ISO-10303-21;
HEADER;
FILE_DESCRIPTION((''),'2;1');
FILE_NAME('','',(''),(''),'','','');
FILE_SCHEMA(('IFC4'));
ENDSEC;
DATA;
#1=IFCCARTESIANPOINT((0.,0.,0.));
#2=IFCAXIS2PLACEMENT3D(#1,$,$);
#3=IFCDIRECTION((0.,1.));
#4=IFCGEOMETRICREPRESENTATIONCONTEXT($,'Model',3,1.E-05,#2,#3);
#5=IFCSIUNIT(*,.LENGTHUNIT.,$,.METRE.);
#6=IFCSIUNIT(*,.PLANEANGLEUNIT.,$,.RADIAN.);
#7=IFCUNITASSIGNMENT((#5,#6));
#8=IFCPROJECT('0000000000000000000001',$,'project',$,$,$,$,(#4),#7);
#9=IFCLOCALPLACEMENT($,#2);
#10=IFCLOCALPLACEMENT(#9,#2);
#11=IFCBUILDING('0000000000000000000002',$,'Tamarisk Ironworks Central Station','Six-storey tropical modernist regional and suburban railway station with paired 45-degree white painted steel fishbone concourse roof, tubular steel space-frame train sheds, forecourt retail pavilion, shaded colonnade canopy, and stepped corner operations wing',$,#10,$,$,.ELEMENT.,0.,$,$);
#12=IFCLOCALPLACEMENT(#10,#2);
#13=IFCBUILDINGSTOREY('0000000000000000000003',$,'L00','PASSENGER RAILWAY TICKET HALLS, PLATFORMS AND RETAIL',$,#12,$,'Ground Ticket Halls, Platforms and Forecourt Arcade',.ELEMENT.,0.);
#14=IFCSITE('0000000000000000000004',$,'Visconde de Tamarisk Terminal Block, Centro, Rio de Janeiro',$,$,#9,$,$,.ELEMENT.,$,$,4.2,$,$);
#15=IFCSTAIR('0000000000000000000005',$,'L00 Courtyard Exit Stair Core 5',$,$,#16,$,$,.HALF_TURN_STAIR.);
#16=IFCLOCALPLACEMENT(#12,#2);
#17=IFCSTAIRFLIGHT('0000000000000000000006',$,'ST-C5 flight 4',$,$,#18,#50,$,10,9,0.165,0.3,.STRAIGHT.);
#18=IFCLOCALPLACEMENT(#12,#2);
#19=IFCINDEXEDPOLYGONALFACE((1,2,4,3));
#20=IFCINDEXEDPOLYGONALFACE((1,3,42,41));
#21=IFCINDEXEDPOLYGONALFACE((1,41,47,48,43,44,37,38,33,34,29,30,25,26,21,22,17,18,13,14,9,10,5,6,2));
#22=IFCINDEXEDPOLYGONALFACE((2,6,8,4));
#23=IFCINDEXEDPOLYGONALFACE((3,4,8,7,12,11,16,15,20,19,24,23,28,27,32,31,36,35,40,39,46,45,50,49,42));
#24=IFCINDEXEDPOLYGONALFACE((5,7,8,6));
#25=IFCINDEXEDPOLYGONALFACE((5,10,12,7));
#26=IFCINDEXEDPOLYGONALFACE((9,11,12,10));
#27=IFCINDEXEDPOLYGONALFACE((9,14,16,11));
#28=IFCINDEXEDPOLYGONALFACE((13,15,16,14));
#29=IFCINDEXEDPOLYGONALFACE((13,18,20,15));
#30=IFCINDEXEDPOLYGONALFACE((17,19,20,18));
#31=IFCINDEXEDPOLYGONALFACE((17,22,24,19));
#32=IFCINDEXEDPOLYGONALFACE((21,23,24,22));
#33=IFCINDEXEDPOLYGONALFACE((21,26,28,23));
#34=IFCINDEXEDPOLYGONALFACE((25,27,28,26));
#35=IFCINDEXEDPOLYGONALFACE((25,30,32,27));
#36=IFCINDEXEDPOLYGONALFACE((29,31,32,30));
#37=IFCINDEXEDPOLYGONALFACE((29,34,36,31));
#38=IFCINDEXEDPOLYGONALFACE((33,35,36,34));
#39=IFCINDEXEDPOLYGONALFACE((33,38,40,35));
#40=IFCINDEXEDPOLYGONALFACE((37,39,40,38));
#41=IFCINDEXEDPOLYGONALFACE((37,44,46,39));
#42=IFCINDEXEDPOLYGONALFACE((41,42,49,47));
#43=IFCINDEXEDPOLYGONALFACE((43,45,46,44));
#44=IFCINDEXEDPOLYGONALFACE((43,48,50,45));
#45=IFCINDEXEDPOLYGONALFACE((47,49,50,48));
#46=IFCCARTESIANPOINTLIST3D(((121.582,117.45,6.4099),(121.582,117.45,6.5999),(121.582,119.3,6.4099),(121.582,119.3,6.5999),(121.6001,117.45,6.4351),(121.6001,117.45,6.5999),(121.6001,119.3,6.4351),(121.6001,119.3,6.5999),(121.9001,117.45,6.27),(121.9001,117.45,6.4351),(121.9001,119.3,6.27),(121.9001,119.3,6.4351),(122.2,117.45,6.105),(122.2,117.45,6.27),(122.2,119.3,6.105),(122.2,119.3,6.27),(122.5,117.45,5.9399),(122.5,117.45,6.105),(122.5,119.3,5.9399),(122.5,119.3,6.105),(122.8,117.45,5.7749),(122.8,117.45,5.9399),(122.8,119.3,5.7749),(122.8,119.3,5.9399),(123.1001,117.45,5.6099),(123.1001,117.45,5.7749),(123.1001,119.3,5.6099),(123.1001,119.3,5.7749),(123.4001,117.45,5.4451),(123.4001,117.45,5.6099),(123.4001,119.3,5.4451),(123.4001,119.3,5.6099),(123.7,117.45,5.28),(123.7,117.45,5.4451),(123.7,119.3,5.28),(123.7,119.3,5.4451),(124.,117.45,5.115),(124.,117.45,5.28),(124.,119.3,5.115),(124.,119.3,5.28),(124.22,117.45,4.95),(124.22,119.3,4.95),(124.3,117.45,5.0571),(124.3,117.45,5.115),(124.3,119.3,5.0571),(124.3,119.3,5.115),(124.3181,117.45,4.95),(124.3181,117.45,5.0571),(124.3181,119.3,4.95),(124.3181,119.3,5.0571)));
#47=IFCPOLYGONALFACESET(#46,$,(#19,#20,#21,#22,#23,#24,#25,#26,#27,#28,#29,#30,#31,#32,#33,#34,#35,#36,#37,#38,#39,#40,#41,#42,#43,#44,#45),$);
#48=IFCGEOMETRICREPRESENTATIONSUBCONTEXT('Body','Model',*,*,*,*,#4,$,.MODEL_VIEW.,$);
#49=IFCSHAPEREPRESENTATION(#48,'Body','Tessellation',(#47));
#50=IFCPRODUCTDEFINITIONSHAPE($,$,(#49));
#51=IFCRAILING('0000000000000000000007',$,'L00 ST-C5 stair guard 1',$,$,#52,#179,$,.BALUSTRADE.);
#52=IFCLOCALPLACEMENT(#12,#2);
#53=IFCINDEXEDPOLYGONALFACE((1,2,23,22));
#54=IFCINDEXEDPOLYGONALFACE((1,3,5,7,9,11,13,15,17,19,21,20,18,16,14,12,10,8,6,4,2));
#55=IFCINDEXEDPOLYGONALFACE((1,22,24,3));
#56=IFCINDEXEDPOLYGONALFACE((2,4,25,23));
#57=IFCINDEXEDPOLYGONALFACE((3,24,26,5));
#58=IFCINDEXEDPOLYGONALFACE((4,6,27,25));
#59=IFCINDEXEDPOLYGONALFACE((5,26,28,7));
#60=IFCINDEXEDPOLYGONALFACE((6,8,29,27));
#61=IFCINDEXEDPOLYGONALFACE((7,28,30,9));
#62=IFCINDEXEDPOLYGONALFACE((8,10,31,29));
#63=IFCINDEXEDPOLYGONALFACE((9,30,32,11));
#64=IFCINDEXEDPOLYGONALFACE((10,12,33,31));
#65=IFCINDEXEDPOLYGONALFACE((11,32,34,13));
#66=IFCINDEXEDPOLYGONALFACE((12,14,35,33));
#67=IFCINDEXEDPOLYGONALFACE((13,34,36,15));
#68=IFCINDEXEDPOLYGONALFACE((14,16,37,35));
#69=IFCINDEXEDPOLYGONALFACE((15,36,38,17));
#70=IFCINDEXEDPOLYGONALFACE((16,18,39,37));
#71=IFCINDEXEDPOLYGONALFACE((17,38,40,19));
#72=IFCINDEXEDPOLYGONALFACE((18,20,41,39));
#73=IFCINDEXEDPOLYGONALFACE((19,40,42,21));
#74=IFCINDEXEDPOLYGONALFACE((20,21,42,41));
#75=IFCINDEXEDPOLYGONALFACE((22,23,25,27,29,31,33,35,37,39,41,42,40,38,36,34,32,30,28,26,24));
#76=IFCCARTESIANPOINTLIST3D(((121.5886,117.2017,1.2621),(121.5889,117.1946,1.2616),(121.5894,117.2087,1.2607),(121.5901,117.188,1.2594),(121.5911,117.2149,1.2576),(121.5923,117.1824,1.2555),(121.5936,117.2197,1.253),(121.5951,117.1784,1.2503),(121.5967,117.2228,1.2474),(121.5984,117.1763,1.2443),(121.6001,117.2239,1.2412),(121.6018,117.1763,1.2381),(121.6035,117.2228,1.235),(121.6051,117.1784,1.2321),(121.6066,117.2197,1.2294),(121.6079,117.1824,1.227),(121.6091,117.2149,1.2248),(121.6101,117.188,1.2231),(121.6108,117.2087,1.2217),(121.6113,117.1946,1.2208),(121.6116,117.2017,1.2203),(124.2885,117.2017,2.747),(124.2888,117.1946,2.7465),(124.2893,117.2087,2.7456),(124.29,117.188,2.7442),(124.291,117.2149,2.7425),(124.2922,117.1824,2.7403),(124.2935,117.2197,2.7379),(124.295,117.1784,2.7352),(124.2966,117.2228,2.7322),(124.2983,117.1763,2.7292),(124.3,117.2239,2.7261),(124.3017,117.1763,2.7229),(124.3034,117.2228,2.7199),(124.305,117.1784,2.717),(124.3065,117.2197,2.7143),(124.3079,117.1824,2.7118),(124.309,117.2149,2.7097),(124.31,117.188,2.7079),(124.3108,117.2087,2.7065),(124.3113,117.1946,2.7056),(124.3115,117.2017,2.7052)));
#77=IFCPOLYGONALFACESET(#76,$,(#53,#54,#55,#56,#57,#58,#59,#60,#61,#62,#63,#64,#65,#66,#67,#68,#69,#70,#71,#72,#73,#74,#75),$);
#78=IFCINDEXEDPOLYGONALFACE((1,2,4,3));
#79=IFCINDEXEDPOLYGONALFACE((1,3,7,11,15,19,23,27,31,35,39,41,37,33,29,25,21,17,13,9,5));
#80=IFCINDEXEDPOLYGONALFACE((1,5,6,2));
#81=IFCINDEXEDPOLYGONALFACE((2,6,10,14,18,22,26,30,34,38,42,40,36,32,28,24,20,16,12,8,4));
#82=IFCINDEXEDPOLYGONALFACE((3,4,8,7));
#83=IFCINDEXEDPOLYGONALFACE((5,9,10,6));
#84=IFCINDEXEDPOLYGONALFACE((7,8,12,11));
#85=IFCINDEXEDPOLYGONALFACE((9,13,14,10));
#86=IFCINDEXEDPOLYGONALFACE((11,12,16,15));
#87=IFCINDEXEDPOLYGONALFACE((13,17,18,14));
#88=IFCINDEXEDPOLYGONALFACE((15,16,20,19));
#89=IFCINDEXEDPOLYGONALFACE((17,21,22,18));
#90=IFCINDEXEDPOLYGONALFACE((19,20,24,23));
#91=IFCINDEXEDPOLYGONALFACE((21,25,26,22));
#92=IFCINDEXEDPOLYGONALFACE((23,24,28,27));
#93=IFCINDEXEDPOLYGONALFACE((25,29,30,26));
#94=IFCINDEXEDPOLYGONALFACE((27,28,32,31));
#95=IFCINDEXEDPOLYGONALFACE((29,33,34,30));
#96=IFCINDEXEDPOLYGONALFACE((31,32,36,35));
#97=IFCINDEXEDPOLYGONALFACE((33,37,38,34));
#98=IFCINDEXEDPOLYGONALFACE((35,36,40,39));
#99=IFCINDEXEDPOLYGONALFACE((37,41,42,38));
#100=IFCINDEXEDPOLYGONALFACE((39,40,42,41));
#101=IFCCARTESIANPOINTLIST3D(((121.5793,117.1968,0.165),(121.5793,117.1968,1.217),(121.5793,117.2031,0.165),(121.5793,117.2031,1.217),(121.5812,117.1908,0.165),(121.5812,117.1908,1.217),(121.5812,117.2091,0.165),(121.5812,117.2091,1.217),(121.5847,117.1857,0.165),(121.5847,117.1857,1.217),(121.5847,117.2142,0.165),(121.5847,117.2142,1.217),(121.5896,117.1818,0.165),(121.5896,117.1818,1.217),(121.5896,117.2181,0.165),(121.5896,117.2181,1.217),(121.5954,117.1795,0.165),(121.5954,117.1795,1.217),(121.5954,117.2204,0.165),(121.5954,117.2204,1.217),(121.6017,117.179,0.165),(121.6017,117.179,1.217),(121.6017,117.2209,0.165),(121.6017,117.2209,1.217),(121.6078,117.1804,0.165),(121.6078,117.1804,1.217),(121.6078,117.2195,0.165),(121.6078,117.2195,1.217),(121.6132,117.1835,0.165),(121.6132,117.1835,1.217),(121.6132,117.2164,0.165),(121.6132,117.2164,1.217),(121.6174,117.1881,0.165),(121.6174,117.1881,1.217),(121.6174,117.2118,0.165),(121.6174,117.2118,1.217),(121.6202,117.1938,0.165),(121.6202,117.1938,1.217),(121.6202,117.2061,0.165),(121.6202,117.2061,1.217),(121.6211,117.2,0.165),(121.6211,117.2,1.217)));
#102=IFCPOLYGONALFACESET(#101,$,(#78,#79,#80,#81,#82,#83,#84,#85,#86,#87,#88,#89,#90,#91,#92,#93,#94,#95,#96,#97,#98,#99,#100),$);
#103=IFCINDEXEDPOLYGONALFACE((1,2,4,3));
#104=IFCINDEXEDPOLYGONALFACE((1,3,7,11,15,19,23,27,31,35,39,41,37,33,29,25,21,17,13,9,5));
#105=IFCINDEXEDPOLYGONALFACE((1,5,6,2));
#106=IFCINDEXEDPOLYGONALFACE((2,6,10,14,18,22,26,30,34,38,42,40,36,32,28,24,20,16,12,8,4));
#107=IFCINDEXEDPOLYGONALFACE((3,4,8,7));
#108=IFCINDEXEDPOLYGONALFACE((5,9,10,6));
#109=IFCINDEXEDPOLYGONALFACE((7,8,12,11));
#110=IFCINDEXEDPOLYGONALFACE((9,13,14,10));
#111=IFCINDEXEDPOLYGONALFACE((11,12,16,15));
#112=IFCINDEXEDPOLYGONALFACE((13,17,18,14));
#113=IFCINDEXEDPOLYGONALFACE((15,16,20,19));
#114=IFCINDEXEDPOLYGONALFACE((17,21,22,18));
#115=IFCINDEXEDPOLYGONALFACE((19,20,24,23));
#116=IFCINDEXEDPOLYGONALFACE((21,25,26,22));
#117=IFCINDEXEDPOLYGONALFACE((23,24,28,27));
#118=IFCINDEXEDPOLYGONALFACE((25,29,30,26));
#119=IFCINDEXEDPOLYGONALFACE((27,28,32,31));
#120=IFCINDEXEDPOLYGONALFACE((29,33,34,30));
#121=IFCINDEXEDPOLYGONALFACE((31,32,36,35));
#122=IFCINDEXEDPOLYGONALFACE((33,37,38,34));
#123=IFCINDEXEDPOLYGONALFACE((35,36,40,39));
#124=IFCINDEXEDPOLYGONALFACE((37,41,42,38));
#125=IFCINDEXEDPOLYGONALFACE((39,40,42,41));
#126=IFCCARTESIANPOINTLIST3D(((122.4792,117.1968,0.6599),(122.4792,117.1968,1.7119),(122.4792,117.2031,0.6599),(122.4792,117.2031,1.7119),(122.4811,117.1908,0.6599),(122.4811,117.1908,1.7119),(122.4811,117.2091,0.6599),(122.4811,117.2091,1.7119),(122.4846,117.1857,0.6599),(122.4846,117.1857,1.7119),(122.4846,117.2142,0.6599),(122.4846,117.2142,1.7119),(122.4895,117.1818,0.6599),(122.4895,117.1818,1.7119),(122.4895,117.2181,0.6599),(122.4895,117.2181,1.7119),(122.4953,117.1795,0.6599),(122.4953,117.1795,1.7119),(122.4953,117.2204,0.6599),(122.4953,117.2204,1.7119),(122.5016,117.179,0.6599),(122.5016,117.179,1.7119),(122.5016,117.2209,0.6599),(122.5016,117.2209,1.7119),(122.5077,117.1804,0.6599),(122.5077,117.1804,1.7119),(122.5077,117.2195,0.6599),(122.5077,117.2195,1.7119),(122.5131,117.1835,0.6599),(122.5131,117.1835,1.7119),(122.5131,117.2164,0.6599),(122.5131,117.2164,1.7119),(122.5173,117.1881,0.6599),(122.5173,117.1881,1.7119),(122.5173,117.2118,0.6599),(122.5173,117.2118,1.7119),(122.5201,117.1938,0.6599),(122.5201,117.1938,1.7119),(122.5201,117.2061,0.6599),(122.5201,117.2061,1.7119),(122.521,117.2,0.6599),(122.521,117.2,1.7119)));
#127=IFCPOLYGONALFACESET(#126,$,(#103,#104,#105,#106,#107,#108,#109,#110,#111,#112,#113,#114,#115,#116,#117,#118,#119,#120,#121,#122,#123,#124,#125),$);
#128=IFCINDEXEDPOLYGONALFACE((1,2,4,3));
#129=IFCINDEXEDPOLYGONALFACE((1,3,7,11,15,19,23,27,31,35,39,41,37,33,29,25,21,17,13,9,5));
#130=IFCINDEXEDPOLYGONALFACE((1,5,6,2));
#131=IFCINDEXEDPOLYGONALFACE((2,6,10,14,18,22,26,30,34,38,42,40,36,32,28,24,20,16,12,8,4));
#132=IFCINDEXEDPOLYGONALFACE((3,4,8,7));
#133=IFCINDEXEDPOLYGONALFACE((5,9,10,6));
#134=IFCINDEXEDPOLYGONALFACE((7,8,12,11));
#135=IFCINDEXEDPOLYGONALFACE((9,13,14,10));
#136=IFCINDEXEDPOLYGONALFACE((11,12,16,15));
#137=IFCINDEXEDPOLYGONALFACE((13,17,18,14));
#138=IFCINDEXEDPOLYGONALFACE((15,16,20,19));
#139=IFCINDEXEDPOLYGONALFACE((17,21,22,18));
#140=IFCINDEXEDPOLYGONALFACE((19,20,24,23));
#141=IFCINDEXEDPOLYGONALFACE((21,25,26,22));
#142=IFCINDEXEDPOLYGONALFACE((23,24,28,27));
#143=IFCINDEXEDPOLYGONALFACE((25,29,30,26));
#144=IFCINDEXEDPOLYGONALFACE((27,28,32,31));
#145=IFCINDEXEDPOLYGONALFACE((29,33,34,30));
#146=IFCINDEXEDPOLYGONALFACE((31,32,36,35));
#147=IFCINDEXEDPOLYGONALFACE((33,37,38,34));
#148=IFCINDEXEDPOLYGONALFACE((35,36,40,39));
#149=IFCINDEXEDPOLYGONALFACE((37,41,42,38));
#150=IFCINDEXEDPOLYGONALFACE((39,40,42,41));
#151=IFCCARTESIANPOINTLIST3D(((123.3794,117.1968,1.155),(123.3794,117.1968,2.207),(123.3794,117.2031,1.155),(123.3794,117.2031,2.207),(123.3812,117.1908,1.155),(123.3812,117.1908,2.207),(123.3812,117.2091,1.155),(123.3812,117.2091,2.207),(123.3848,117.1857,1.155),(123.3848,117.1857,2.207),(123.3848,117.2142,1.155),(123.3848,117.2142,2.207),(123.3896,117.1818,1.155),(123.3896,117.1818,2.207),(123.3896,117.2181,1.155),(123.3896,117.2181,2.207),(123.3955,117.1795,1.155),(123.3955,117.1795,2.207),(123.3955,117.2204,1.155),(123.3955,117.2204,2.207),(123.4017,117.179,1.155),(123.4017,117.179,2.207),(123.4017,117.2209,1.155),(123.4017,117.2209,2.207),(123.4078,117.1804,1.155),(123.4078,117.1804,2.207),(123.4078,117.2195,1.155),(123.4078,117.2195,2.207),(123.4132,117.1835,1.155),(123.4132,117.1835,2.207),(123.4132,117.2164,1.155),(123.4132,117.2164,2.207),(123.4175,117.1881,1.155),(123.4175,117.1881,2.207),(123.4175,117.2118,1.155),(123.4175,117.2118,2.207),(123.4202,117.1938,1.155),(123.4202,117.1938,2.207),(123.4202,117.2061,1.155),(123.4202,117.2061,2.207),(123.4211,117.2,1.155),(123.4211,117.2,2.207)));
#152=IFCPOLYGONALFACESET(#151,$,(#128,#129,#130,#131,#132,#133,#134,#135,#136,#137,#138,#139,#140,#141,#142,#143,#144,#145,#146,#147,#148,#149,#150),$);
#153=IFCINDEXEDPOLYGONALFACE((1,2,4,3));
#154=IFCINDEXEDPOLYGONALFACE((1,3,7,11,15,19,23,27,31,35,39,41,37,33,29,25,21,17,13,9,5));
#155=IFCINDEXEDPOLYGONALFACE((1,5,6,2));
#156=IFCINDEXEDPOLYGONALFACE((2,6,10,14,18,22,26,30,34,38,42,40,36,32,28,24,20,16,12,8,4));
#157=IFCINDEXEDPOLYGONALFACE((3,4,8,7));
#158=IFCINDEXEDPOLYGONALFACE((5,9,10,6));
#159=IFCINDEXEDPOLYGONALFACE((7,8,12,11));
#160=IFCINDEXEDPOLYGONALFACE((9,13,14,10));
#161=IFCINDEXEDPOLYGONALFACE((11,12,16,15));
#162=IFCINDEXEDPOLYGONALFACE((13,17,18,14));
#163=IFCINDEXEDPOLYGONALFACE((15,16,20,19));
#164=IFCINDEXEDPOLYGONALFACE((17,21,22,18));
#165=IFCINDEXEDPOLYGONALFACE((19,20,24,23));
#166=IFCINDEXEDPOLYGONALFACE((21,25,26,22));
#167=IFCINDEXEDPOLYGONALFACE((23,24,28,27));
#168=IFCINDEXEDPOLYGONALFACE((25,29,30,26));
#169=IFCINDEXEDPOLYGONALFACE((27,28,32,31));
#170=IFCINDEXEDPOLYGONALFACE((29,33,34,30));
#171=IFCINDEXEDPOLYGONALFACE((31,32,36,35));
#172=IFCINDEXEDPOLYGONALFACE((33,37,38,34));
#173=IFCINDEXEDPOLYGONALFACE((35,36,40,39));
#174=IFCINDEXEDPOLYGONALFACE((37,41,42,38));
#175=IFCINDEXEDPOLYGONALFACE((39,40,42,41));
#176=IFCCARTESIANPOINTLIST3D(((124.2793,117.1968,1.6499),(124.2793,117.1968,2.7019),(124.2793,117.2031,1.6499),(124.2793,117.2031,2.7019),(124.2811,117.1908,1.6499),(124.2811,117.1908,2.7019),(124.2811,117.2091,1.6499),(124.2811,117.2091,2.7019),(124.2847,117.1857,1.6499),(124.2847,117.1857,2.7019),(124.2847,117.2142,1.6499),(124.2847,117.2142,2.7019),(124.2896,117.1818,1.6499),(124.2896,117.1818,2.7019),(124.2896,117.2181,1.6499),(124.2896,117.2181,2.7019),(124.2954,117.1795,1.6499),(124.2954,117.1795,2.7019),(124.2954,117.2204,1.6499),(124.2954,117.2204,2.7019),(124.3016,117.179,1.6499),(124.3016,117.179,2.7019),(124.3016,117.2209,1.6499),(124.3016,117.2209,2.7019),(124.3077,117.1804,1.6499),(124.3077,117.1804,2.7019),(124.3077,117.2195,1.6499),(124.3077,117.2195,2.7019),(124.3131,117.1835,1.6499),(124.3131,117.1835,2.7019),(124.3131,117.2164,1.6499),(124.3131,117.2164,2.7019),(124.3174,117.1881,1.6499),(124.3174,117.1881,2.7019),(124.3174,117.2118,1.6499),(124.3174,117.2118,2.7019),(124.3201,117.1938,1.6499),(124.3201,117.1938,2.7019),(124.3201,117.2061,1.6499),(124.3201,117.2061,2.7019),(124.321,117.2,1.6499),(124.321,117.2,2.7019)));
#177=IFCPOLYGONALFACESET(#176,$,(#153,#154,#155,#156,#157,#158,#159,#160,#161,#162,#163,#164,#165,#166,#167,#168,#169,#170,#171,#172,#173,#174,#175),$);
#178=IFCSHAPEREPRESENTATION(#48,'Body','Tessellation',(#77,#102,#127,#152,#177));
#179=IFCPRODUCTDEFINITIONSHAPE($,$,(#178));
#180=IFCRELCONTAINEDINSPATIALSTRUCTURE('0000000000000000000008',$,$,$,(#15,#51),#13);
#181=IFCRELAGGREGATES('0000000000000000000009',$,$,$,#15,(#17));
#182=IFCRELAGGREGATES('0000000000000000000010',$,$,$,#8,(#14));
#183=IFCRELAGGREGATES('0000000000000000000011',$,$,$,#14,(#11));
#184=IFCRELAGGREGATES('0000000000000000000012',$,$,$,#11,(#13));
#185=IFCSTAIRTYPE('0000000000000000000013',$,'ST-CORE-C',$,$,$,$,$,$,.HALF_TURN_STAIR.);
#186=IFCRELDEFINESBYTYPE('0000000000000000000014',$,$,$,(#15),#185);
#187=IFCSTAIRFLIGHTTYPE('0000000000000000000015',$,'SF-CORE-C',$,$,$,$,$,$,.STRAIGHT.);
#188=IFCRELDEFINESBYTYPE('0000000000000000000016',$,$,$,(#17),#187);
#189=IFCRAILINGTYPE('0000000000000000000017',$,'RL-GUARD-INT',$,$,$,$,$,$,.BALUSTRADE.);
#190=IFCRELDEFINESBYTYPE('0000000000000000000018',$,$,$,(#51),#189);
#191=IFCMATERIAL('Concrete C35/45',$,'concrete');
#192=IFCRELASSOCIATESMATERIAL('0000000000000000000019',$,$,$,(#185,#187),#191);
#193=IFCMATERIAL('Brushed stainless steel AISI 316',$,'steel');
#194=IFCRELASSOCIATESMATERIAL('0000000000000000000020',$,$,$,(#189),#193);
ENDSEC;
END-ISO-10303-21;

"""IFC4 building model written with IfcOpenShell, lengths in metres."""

from ifc_helpers import new_model, si_unit, direction, frame, origin, origin_2d, place, context, subcontext, project, spatial, polyline, circle, outline, extrude, material, type_object, element, aggregate, save


model = new_model("IFC4")

# Units and contexts
model_context = context("Model", 3, precision=1e-05, world=origin(), true_north=direction((0.0, 1.0)))
body_context = subcontext(model_context, "Body", "Model", "MODEL_VIEW")
ifc_project = project(units=[si_unit("LENGTHUNIT", "METRE"), si_unit("PLANEANGLEUNIT", "RADIAN")], contexts=[model_context])

# Site, building, storey
site_placement = place(None, origin())
site = spatial("IfcSite", under=ifc_project, at=site_placement, Name="Visconde de Tamarisk Terminal Block, Centro, Rio de Janeiro", CompositionType="ELEMENT", RefElevation=4.2)
building_placement = place(site_placement, origin())
building = spatial("IfcBuilding", under=site, at=building_placement, Name="Tamarisk Ironworks Central Station", Description="Six-storey tropical modernist regional and suburban railway station with paired 45-degree white painted steel fishbone concourse roof, tubular steel space-frame train sheds, forecourt retail pavilion, shaded colonnade canopy, and stepped corner operations wing", CompositionType="ELEMENT", ElevationOfRefHeight=0.0)
storey_placement = place(building_placement, origin())
storey = spatial("IfcBuildingStorey", under=building, at=storey_placement, Name="L00", Description="PASSENGER RAILWAY TICKET HALLS, PLATFORMS AND RETAIL", LongName="Ground Ticket Halls, Platforms and Forecourt Arcade", CompositionType="ELEMENT", Elevation=0.0)

# Stair, stair flight
ifc_material_1 = material(Name="Concrete C35/45", Category="concrete")
stair_type = type_object("IfcStairType", Name="ST-CORE-C", PredefinedType="HALF_TURN_STAIR", material=ifc_material_1)
stair_placement = place(storey_placement, origin())
stair = element("IfcStair", 1, at=stair_placement, inside=storey, type_object=stair_type, Name="L00 Courtyard Exit Stair Core 5", PredefinedType="HALF_TURN_STAIR")
stair_flight_type = type_object("IfcStairFlightType", Name="SF-CORE-C", PredefinedType="STRAIGHT", material=ifc_material_1)
stair_flight_1_placement = place(storey_placement, frame((124.3, 118.375, 4.95), z_axis=(0.0, 0.0, 1.0), x_axis=(-1.0, 0.0, 0.0)))
stair_flight_1 = element("IfcStairFlight", 2, at=stair_flight_1_placement, type_object=stair_flight_type, Name="ST-C5 flight 4", NumberOfRisers=10, NumberOfTreads=9, PredefinedType="STRAIGHT", RiserHeight=0.165, TreadLength=0.3, context=body_context, shape_type="SweptSolid", body=[
    extrude(outline(polyline([(-0.0181, 0.0), (-0.0181, 0.1072), (0.0, 0.1072), (0.0, 0.165), (0.3, 0.165), (0.3, 0.3301), (0.6001, 0.3301), (0.6001, 0.4951), (0.8999, 0.4951), (0.8999, 0.6599), (1.2, 0.6599), (1.2, 0.825), (1.5, 0.825), (1.5, 0.99), (1.8, 0.99), (1.8, 1.155), (2.1001, 1.155), (2.1001, 1.3201), (2.3999, 1.3201), (2.3999, 1.4851), (2.7, 1.4851), (2.7, 1.6499), (2.718, 1.6499), (2.718, 1.46), (0.0801, 0.0), (-0.0181, 0.0)])), frame((0.0, 0.925, 0.0), z_axis=(0.0, -1.0, 0.0), x_axis=(1.0, 0.0, 0.0)), (0.0, 0.0, 1.0), 1.8501),
])
aggregate(stair, [stair_flight_1])

# Railing
ifc_material_2 = material(Name="Brushed stainless steel AISI 316", Category="steel")
railing_type_1 = type_object("IfcRailingType", Name="RL-GUARD-INT", PredefinedType="BALUSTRADE", material=ifc_material_2)
railing_1_placement = place(storey_placement, frame((121.6001, 117.2, 0.165)))
element("IfcRailing", 3, at=railing_1_placement, inside=storey, type_object=railing_type_1, Name="L00 ST-C5 stair guard 1", PredefinedType="BALUSTRADE", context=body_context, shape_type="SweptSolid", body=[
    extrude(circle(Radius=0.0239, at=origin_2d()), frame((0.0, 0.0, 1.0762), z_axis=(0.876231, 0.0, 0.481891), x_axis=(0.0, 1.0, 0.0)), (0.0, 0.0, 1.0), 3.0813),
    extrude(circle(Radius=0.021, at=origin_2d()), origin(), (0.0, 0.0, 1.0), 1.052),
    extrude(circle(Radius=0.021, at=origin_2d()), frame((0.8999, 0.0, 0.4949)), (0.0, 0.0, 1.0), 1.052),
    extrude(circle(Radius=0.021, at=origin_2d()), frame((1.8, 0.0, 0.99)), (0.0, 0.0, 1.0), 1.052),
    extrude(circle(Radius=0.021, at=origin_2d()), frame((2.7, 0.0, 1.4849)), (0.0, 0.0, 1.0), 1.052),
])

save(model, "model.ifc")
